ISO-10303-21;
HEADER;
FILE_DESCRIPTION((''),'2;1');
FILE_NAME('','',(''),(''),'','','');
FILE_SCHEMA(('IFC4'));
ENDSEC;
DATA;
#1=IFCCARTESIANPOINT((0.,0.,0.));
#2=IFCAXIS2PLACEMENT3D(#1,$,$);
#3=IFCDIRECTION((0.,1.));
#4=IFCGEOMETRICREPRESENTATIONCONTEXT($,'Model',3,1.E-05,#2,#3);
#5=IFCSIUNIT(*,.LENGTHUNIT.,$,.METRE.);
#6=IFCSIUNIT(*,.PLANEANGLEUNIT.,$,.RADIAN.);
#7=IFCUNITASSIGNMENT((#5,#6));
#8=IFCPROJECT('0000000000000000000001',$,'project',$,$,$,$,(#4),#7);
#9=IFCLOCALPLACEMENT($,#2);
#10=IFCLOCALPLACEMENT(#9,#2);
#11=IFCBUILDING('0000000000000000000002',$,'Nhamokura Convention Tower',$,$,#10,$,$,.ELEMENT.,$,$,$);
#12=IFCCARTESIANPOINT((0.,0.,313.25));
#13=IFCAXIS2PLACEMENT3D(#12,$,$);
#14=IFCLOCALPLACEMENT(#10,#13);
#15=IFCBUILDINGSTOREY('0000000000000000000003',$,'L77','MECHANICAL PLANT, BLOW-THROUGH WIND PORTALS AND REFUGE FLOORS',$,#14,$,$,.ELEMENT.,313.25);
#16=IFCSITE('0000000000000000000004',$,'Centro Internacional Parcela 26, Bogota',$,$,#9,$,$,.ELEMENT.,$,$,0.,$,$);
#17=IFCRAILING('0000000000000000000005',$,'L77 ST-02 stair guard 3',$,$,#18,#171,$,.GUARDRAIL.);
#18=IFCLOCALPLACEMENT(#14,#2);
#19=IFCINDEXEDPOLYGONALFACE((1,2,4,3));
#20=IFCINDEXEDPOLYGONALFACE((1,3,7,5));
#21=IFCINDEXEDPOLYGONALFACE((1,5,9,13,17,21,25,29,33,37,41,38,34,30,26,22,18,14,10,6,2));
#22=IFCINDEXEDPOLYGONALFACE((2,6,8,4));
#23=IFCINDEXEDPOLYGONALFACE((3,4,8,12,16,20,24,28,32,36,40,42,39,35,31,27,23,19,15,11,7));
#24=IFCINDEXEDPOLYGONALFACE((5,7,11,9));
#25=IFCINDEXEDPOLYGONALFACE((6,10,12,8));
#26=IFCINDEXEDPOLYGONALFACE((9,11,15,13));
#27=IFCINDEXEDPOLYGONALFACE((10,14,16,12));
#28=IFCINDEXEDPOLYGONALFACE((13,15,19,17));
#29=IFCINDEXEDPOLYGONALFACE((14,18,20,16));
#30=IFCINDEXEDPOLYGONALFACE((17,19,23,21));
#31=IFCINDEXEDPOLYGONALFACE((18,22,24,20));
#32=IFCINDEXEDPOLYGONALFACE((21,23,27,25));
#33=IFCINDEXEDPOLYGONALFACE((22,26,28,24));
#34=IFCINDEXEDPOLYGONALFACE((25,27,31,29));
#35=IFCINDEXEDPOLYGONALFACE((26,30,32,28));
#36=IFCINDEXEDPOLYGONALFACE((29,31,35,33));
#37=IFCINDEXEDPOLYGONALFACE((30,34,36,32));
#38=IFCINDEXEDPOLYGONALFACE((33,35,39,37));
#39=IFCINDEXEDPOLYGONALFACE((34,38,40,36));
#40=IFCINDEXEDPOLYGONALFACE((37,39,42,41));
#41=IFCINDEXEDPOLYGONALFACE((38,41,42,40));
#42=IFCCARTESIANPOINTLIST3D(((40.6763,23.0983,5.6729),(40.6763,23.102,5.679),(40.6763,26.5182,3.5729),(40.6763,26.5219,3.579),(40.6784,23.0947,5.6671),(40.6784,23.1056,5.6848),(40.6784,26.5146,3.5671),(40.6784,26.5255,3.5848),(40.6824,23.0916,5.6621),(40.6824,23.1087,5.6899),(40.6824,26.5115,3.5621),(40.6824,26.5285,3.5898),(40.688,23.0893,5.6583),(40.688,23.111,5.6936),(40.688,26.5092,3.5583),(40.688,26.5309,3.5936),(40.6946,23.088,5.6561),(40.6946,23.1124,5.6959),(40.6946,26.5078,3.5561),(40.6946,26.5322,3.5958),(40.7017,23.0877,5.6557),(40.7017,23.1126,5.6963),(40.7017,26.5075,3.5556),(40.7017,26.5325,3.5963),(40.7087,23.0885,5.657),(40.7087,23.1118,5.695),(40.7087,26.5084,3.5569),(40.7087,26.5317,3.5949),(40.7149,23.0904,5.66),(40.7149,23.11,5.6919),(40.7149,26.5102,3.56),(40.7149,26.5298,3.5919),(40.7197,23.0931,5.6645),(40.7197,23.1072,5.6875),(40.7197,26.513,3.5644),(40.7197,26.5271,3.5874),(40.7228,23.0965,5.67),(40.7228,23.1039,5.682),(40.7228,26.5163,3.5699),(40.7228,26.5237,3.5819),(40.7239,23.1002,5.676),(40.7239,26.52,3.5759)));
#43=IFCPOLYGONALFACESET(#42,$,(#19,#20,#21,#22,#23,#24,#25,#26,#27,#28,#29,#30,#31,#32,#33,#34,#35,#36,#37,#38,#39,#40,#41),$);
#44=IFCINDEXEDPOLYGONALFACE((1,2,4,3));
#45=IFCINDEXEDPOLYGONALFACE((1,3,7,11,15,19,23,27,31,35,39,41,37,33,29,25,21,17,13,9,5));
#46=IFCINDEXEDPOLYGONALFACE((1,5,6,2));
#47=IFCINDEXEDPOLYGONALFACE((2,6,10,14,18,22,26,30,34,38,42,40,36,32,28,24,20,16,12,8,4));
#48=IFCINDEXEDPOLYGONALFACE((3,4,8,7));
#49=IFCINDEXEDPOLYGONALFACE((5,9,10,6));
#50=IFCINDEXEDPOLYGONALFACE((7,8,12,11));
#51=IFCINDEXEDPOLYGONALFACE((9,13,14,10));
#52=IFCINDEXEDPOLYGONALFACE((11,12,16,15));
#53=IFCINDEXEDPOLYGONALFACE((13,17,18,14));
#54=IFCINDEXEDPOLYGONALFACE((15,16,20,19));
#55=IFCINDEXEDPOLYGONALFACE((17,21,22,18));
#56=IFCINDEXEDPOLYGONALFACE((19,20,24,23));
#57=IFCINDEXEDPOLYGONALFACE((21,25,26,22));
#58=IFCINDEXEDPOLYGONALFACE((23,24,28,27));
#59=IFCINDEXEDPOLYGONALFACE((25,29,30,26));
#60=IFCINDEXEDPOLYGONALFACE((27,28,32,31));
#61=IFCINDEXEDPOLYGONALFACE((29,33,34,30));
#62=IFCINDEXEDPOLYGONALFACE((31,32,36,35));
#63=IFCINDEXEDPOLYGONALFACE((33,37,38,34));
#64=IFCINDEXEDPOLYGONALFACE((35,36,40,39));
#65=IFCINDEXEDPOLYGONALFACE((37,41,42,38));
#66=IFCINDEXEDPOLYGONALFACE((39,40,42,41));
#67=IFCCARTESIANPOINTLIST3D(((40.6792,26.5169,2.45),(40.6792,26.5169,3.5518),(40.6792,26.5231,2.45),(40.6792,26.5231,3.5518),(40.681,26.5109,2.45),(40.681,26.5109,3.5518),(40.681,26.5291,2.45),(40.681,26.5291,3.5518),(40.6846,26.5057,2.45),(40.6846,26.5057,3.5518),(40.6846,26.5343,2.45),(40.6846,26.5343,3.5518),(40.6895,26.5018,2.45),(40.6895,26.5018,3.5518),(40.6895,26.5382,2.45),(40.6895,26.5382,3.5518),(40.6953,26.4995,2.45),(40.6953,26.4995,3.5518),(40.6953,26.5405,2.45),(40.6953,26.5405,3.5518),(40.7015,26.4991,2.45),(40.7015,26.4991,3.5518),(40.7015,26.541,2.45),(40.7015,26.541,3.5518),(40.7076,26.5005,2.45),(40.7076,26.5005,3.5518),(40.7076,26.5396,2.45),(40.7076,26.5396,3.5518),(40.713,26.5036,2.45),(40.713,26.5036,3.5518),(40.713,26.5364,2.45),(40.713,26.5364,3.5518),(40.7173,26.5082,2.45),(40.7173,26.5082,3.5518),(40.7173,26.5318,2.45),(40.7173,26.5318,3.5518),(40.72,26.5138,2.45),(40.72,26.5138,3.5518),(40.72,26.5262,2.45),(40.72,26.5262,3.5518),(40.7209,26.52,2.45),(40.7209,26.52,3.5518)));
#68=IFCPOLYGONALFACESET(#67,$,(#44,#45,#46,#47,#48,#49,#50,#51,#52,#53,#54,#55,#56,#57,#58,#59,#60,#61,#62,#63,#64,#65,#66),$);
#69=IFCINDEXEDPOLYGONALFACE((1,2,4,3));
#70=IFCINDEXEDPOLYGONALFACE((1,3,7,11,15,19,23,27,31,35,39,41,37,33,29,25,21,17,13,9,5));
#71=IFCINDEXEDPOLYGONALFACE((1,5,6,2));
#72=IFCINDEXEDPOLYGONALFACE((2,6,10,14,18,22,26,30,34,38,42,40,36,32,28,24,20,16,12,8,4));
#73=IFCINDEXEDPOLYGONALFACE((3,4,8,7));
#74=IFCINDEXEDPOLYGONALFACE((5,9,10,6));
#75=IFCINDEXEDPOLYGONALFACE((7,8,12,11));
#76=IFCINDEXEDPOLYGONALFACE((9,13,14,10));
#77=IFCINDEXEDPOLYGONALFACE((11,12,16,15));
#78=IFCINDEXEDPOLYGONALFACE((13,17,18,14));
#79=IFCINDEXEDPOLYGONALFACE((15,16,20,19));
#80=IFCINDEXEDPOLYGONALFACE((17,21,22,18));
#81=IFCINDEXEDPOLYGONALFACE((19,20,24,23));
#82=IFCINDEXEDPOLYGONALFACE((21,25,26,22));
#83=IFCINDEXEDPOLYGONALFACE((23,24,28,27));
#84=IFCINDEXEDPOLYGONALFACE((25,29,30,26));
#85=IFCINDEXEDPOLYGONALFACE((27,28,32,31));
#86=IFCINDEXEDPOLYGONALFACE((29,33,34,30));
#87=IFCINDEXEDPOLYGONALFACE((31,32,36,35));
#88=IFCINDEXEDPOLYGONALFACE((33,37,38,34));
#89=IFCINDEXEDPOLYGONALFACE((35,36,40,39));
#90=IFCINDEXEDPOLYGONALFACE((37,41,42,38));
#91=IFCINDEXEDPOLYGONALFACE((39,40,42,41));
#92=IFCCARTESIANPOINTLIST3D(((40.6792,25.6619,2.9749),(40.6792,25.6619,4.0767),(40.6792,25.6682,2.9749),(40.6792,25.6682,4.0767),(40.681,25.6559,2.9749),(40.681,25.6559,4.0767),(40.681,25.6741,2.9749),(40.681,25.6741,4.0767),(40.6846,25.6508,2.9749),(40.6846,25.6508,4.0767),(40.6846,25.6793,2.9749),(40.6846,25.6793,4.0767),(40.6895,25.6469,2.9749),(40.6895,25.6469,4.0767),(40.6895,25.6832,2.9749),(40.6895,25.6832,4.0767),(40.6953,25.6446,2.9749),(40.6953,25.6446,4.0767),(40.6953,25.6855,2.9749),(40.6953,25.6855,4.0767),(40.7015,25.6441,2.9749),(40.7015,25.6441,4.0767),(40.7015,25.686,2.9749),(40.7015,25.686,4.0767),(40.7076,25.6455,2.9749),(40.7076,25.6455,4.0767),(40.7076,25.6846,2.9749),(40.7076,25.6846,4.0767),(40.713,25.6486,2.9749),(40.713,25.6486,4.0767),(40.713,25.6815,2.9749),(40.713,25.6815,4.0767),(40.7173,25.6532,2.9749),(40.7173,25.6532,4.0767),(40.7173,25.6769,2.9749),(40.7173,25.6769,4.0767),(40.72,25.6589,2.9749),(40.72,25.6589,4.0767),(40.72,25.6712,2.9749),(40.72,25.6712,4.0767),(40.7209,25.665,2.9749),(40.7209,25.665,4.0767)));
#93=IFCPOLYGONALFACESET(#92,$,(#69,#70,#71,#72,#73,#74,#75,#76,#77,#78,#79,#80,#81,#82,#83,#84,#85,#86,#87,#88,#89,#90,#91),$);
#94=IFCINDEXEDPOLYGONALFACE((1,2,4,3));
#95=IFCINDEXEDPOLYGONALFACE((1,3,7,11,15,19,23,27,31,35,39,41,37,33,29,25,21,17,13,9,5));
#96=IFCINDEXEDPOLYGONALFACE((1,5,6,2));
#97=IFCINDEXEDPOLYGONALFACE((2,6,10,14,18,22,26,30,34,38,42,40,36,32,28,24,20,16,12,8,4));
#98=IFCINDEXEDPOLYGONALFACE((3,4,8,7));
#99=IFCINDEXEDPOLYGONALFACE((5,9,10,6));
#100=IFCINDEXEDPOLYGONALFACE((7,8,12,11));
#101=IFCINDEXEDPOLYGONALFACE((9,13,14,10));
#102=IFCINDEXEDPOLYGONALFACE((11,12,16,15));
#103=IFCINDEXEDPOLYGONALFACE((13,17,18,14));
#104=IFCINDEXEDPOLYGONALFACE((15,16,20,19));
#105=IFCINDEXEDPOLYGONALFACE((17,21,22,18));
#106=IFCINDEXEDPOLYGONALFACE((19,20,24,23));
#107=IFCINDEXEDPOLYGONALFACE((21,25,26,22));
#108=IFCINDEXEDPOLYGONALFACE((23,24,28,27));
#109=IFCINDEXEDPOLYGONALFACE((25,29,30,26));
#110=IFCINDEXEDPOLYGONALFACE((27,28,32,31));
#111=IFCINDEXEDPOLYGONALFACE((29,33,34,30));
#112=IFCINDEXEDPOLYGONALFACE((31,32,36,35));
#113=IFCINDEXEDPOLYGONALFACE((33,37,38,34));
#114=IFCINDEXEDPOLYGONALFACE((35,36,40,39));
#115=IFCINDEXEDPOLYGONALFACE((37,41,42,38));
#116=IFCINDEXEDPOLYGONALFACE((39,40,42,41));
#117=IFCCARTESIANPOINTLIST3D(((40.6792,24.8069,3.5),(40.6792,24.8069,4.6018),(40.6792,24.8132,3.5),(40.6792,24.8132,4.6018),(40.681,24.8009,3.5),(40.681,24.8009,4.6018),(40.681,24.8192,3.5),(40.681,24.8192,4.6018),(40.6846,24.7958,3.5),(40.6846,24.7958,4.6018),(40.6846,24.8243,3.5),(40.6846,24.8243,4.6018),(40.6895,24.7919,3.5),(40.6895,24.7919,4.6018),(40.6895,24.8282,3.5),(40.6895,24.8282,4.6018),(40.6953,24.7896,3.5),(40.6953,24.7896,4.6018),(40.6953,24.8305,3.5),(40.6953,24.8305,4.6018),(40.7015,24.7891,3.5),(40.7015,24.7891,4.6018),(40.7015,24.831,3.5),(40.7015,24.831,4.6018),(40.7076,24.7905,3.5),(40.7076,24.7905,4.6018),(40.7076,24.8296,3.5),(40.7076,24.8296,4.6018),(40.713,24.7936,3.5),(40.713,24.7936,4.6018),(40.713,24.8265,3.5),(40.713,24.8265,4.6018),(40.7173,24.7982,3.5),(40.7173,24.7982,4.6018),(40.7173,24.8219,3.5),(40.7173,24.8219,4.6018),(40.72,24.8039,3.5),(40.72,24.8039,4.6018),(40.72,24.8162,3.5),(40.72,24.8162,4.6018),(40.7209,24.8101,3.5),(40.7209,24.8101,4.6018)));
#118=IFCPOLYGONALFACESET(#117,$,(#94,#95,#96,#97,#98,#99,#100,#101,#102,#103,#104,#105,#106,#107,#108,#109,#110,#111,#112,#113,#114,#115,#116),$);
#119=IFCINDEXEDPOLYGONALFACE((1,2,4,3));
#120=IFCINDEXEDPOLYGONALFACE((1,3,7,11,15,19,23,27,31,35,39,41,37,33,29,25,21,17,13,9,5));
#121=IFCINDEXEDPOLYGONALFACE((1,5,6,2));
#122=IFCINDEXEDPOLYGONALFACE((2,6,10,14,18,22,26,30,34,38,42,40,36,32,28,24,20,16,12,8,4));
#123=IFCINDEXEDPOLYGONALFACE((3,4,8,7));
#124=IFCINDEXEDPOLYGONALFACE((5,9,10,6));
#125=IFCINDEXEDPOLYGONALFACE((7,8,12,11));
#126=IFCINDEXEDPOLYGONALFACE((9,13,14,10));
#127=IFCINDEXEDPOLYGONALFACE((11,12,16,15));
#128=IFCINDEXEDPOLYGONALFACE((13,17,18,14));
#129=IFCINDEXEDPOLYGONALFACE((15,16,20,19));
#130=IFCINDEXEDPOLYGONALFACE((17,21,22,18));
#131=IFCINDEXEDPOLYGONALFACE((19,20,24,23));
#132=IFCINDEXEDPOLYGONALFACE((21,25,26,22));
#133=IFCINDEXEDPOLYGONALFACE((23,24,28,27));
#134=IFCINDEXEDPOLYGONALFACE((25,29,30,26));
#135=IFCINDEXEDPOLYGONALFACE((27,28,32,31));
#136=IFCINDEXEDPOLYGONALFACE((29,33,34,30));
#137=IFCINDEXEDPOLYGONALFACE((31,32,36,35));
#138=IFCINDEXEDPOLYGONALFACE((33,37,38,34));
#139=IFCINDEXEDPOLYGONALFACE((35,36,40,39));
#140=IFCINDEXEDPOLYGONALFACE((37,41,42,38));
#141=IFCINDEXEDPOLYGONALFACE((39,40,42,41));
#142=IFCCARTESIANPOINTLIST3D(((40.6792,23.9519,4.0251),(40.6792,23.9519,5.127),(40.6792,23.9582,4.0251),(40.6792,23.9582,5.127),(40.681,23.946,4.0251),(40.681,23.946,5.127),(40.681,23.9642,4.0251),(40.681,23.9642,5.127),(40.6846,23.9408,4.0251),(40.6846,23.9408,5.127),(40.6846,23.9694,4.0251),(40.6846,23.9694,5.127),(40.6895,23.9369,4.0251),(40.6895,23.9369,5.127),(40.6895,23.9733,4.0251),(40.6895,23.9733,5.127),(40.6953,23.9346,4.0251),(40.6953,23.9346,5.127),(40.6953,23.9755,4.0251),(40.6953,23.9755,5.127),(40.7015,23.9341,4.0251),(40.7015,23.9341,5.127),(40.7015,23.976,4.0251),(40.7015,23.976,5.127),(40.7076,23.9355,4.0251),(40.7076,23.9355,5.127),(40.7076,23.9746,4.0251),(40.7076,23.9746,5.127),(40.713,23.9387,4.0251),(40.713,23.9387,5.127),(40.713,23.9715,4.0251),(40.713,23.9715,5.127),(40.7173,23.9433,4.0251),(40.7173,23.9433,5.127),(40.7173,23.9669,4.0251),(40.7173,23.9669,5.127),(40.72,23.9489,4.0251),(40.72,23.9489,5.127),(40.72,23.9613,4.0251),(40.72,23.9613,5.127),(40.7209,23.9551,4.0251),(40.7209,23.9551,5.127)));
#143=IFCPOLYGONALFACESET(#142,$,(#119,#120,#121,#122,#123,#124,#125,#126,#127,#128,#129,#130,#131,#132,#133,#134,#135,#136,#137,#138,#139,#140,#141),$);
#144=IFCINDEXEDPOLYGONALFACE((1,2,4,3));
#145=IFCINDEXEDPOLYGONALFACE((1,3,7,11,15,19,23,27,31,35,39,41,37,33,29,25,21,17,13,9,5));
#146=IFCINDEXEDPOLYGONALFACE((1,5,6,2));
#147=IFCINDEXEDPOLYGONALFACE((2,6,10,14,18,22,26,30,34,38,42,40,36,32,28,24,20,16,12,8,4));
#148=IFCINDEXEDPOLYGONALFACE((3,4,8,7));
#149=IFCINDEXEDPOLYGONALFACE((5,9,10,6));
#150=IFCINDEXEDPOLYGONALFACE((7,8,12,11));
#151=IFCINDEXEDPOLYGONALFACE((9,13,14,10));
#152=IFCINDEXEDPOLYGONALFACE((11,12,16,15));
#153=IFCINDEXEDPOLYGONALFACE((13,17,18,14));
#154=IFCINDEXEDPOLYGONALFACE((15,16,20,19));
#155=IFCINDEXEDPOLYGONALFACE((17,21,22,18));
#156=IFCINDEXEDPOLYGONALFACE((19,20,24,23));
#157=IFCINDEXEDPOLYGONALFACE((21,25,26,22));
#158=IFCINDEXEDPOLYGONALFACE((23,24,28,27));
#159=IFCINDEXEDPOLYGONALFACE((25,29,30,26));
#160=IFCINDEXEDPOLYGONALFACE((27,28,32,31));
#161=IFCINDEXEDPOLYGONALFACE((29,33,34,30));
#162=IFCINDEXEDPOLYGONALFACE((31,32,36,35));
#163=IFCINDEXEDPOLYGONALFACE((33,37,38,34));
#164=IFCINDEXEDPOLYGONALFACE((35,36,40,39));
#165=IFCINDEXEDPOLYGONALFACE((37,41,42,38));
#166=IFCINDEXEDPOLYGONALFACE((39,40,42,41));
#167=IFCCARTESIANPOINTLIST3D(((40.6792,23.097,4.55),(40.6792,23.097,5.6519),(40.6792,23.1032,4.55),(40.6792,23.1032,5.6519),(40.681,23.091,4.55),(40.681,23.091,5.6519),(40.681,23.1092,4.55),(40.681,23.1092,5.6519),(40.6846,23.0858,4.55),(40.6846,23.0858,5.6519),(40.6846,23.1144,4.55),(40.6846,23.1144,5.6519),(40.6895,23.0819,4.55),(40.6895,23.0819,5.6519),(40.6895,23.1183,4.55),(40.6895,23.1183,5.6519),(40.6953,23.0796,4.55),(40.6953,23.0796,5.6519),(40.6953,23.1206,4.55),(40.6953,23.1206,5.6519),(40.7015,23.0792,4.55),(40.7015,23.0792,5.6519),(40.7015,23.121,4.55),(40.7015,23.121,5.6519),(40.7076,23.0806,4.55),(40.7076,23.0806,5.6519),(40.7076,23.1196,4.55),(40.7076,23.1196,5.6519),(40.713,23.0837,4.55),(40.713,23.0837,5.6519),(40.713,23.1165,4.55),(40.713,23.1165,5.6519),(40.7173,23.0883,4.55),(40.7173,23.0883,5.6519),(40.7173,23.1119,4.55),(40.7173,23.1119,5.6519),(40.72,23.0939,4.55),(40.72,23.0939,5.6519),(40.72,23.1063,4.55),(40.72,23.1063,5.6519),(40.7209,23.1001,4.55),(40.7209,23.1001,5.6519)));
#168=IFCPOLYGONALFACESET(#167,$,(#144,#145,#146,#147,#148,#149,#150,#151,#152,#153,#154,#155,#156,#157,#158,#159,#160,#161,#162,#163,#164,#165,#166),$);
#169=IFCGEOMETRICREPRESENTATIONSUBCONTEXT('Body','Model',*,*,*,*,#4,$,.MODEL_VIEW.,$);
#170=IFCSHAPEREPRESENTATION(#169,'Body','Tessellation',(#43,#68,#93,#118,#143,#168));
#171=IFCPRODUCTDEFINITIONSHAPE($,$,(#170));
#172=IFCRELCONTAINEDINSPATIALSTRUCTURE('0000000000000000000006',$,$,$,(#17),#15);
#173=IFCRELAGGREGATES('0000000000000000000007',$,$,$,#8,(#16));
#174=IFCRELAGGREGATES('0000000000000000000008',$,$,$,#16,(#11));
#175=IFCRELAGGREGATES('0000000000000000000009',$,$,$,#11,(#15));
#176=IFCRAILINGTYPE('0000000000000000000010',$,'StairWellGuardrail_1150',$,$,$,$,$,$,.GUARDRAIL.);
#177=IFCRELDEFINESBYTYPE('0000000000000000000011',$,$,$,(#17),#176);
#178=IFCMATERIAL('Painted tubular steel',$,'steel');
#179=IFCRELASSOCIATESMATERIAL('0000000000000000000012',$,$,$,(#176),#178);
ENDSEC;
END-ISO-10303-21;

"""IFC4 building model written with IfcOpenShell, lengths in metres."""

from ifc_helpers import new_model, si_unit, direction, frame, origin, origin_2d, place, context, subcontext, project, spatial, circle, extrude, material, type_object, element, save


model = new_model("IFC4")

# Units and contexts
model_context = context("Model", 3, precision=1e-05, world=origin(), true_north=direction((0.0, 1.0)))
body_context = subcontext(model_context, "Body", "Model", "MODEL_VIEW")
ifc_project = project(units=[si_unit("LENGTHUNIT", "METRE"), si_unit("PLANEANGLEUNIT", "RADIAN")], contexts=[model_context])

# Site, building, storey
site_placement = place(None, origin())
site = spatial("IfcSite", under=ifc_project, at=site_placement, Name="Centro Internacional Parcela 26, Bogota", CompositionType="ELEMENT", RefElevation=0.0)
building_placement = place(site_placement, origin())
building = spatial("IfcBuilding", under=site, at=building_placement, Name="Nhamokura Convention Tower", CompositionType="ELEMENT")
storey_placement = place(building_placement, frame((0.0, 0.0, 313.25)))
storey = spatial("IfcBuildingStorey", under=building, at=storey_placement, Name="L77", Description="MECHANICAL PLANT, BLOW-THROUGH WIND PORTALS AND REFUGE FLOORS", CompositionType="ELEMENT", Elevation=313.25)

# Railing
ifc_material_1 = material(Name="Painted tubular steel", Category="steel")
railing_type_1 = type_object("IfcRailingType", Name="StairWellGuardrail_1150", PredefinedType="GUARDRAIL", material=ifc_material_1)
railing_1_placement = place(storey_placement, frame((40.7, 26.52, 2.45)))
element("IfcRailing", 1, at=railing_1_placement, inside=storey, type_object=railing_type_1, Name="L77 ST-02 stair guard 3", PredefinedType="GUARDRAIL", context=body_context, shape_type="SweptSolid", body=[
    extrude(circle(Radius=0.0239, at=origin_2d()), frame((0.0, 0.0, 1.126), z_axis=(0.0, -0.852155, 0.523289), x_axis=(1.0, 0.0, 0.0)), (0.0, 0.0, 1.0), 4.0132),
    extrude(circle(Radius=0.021, at=origin_2d()), origin(), (0.0, 0.0, 1.0), 1.1018),
    extrude(circle(Radius=0.021, at=origin_2d()), frame((0.0, -0.855, 0.5249)), (0.0, 0.0, 1.0), 1.1018),
    extrude(circle(Radius=0.021, at=origin_2d()), frame((0.0, -1.71, 1.05)), (0.0, 0.0, 1.0), 1.1018),
    extrude(circle(Radius=0.021, at=origin_2d()), frame((0.0, -2.5649, 1.5752)), (0.0, 0.0, 1.0), 1.1018),
    extrude(circle(Radius=0.021, at=origin_2d()), frame((0.0, -3.4199, 2.1001)), (0.0, 0.0, 1.0), 1.1018),
])

save(model, "model.ifc")
